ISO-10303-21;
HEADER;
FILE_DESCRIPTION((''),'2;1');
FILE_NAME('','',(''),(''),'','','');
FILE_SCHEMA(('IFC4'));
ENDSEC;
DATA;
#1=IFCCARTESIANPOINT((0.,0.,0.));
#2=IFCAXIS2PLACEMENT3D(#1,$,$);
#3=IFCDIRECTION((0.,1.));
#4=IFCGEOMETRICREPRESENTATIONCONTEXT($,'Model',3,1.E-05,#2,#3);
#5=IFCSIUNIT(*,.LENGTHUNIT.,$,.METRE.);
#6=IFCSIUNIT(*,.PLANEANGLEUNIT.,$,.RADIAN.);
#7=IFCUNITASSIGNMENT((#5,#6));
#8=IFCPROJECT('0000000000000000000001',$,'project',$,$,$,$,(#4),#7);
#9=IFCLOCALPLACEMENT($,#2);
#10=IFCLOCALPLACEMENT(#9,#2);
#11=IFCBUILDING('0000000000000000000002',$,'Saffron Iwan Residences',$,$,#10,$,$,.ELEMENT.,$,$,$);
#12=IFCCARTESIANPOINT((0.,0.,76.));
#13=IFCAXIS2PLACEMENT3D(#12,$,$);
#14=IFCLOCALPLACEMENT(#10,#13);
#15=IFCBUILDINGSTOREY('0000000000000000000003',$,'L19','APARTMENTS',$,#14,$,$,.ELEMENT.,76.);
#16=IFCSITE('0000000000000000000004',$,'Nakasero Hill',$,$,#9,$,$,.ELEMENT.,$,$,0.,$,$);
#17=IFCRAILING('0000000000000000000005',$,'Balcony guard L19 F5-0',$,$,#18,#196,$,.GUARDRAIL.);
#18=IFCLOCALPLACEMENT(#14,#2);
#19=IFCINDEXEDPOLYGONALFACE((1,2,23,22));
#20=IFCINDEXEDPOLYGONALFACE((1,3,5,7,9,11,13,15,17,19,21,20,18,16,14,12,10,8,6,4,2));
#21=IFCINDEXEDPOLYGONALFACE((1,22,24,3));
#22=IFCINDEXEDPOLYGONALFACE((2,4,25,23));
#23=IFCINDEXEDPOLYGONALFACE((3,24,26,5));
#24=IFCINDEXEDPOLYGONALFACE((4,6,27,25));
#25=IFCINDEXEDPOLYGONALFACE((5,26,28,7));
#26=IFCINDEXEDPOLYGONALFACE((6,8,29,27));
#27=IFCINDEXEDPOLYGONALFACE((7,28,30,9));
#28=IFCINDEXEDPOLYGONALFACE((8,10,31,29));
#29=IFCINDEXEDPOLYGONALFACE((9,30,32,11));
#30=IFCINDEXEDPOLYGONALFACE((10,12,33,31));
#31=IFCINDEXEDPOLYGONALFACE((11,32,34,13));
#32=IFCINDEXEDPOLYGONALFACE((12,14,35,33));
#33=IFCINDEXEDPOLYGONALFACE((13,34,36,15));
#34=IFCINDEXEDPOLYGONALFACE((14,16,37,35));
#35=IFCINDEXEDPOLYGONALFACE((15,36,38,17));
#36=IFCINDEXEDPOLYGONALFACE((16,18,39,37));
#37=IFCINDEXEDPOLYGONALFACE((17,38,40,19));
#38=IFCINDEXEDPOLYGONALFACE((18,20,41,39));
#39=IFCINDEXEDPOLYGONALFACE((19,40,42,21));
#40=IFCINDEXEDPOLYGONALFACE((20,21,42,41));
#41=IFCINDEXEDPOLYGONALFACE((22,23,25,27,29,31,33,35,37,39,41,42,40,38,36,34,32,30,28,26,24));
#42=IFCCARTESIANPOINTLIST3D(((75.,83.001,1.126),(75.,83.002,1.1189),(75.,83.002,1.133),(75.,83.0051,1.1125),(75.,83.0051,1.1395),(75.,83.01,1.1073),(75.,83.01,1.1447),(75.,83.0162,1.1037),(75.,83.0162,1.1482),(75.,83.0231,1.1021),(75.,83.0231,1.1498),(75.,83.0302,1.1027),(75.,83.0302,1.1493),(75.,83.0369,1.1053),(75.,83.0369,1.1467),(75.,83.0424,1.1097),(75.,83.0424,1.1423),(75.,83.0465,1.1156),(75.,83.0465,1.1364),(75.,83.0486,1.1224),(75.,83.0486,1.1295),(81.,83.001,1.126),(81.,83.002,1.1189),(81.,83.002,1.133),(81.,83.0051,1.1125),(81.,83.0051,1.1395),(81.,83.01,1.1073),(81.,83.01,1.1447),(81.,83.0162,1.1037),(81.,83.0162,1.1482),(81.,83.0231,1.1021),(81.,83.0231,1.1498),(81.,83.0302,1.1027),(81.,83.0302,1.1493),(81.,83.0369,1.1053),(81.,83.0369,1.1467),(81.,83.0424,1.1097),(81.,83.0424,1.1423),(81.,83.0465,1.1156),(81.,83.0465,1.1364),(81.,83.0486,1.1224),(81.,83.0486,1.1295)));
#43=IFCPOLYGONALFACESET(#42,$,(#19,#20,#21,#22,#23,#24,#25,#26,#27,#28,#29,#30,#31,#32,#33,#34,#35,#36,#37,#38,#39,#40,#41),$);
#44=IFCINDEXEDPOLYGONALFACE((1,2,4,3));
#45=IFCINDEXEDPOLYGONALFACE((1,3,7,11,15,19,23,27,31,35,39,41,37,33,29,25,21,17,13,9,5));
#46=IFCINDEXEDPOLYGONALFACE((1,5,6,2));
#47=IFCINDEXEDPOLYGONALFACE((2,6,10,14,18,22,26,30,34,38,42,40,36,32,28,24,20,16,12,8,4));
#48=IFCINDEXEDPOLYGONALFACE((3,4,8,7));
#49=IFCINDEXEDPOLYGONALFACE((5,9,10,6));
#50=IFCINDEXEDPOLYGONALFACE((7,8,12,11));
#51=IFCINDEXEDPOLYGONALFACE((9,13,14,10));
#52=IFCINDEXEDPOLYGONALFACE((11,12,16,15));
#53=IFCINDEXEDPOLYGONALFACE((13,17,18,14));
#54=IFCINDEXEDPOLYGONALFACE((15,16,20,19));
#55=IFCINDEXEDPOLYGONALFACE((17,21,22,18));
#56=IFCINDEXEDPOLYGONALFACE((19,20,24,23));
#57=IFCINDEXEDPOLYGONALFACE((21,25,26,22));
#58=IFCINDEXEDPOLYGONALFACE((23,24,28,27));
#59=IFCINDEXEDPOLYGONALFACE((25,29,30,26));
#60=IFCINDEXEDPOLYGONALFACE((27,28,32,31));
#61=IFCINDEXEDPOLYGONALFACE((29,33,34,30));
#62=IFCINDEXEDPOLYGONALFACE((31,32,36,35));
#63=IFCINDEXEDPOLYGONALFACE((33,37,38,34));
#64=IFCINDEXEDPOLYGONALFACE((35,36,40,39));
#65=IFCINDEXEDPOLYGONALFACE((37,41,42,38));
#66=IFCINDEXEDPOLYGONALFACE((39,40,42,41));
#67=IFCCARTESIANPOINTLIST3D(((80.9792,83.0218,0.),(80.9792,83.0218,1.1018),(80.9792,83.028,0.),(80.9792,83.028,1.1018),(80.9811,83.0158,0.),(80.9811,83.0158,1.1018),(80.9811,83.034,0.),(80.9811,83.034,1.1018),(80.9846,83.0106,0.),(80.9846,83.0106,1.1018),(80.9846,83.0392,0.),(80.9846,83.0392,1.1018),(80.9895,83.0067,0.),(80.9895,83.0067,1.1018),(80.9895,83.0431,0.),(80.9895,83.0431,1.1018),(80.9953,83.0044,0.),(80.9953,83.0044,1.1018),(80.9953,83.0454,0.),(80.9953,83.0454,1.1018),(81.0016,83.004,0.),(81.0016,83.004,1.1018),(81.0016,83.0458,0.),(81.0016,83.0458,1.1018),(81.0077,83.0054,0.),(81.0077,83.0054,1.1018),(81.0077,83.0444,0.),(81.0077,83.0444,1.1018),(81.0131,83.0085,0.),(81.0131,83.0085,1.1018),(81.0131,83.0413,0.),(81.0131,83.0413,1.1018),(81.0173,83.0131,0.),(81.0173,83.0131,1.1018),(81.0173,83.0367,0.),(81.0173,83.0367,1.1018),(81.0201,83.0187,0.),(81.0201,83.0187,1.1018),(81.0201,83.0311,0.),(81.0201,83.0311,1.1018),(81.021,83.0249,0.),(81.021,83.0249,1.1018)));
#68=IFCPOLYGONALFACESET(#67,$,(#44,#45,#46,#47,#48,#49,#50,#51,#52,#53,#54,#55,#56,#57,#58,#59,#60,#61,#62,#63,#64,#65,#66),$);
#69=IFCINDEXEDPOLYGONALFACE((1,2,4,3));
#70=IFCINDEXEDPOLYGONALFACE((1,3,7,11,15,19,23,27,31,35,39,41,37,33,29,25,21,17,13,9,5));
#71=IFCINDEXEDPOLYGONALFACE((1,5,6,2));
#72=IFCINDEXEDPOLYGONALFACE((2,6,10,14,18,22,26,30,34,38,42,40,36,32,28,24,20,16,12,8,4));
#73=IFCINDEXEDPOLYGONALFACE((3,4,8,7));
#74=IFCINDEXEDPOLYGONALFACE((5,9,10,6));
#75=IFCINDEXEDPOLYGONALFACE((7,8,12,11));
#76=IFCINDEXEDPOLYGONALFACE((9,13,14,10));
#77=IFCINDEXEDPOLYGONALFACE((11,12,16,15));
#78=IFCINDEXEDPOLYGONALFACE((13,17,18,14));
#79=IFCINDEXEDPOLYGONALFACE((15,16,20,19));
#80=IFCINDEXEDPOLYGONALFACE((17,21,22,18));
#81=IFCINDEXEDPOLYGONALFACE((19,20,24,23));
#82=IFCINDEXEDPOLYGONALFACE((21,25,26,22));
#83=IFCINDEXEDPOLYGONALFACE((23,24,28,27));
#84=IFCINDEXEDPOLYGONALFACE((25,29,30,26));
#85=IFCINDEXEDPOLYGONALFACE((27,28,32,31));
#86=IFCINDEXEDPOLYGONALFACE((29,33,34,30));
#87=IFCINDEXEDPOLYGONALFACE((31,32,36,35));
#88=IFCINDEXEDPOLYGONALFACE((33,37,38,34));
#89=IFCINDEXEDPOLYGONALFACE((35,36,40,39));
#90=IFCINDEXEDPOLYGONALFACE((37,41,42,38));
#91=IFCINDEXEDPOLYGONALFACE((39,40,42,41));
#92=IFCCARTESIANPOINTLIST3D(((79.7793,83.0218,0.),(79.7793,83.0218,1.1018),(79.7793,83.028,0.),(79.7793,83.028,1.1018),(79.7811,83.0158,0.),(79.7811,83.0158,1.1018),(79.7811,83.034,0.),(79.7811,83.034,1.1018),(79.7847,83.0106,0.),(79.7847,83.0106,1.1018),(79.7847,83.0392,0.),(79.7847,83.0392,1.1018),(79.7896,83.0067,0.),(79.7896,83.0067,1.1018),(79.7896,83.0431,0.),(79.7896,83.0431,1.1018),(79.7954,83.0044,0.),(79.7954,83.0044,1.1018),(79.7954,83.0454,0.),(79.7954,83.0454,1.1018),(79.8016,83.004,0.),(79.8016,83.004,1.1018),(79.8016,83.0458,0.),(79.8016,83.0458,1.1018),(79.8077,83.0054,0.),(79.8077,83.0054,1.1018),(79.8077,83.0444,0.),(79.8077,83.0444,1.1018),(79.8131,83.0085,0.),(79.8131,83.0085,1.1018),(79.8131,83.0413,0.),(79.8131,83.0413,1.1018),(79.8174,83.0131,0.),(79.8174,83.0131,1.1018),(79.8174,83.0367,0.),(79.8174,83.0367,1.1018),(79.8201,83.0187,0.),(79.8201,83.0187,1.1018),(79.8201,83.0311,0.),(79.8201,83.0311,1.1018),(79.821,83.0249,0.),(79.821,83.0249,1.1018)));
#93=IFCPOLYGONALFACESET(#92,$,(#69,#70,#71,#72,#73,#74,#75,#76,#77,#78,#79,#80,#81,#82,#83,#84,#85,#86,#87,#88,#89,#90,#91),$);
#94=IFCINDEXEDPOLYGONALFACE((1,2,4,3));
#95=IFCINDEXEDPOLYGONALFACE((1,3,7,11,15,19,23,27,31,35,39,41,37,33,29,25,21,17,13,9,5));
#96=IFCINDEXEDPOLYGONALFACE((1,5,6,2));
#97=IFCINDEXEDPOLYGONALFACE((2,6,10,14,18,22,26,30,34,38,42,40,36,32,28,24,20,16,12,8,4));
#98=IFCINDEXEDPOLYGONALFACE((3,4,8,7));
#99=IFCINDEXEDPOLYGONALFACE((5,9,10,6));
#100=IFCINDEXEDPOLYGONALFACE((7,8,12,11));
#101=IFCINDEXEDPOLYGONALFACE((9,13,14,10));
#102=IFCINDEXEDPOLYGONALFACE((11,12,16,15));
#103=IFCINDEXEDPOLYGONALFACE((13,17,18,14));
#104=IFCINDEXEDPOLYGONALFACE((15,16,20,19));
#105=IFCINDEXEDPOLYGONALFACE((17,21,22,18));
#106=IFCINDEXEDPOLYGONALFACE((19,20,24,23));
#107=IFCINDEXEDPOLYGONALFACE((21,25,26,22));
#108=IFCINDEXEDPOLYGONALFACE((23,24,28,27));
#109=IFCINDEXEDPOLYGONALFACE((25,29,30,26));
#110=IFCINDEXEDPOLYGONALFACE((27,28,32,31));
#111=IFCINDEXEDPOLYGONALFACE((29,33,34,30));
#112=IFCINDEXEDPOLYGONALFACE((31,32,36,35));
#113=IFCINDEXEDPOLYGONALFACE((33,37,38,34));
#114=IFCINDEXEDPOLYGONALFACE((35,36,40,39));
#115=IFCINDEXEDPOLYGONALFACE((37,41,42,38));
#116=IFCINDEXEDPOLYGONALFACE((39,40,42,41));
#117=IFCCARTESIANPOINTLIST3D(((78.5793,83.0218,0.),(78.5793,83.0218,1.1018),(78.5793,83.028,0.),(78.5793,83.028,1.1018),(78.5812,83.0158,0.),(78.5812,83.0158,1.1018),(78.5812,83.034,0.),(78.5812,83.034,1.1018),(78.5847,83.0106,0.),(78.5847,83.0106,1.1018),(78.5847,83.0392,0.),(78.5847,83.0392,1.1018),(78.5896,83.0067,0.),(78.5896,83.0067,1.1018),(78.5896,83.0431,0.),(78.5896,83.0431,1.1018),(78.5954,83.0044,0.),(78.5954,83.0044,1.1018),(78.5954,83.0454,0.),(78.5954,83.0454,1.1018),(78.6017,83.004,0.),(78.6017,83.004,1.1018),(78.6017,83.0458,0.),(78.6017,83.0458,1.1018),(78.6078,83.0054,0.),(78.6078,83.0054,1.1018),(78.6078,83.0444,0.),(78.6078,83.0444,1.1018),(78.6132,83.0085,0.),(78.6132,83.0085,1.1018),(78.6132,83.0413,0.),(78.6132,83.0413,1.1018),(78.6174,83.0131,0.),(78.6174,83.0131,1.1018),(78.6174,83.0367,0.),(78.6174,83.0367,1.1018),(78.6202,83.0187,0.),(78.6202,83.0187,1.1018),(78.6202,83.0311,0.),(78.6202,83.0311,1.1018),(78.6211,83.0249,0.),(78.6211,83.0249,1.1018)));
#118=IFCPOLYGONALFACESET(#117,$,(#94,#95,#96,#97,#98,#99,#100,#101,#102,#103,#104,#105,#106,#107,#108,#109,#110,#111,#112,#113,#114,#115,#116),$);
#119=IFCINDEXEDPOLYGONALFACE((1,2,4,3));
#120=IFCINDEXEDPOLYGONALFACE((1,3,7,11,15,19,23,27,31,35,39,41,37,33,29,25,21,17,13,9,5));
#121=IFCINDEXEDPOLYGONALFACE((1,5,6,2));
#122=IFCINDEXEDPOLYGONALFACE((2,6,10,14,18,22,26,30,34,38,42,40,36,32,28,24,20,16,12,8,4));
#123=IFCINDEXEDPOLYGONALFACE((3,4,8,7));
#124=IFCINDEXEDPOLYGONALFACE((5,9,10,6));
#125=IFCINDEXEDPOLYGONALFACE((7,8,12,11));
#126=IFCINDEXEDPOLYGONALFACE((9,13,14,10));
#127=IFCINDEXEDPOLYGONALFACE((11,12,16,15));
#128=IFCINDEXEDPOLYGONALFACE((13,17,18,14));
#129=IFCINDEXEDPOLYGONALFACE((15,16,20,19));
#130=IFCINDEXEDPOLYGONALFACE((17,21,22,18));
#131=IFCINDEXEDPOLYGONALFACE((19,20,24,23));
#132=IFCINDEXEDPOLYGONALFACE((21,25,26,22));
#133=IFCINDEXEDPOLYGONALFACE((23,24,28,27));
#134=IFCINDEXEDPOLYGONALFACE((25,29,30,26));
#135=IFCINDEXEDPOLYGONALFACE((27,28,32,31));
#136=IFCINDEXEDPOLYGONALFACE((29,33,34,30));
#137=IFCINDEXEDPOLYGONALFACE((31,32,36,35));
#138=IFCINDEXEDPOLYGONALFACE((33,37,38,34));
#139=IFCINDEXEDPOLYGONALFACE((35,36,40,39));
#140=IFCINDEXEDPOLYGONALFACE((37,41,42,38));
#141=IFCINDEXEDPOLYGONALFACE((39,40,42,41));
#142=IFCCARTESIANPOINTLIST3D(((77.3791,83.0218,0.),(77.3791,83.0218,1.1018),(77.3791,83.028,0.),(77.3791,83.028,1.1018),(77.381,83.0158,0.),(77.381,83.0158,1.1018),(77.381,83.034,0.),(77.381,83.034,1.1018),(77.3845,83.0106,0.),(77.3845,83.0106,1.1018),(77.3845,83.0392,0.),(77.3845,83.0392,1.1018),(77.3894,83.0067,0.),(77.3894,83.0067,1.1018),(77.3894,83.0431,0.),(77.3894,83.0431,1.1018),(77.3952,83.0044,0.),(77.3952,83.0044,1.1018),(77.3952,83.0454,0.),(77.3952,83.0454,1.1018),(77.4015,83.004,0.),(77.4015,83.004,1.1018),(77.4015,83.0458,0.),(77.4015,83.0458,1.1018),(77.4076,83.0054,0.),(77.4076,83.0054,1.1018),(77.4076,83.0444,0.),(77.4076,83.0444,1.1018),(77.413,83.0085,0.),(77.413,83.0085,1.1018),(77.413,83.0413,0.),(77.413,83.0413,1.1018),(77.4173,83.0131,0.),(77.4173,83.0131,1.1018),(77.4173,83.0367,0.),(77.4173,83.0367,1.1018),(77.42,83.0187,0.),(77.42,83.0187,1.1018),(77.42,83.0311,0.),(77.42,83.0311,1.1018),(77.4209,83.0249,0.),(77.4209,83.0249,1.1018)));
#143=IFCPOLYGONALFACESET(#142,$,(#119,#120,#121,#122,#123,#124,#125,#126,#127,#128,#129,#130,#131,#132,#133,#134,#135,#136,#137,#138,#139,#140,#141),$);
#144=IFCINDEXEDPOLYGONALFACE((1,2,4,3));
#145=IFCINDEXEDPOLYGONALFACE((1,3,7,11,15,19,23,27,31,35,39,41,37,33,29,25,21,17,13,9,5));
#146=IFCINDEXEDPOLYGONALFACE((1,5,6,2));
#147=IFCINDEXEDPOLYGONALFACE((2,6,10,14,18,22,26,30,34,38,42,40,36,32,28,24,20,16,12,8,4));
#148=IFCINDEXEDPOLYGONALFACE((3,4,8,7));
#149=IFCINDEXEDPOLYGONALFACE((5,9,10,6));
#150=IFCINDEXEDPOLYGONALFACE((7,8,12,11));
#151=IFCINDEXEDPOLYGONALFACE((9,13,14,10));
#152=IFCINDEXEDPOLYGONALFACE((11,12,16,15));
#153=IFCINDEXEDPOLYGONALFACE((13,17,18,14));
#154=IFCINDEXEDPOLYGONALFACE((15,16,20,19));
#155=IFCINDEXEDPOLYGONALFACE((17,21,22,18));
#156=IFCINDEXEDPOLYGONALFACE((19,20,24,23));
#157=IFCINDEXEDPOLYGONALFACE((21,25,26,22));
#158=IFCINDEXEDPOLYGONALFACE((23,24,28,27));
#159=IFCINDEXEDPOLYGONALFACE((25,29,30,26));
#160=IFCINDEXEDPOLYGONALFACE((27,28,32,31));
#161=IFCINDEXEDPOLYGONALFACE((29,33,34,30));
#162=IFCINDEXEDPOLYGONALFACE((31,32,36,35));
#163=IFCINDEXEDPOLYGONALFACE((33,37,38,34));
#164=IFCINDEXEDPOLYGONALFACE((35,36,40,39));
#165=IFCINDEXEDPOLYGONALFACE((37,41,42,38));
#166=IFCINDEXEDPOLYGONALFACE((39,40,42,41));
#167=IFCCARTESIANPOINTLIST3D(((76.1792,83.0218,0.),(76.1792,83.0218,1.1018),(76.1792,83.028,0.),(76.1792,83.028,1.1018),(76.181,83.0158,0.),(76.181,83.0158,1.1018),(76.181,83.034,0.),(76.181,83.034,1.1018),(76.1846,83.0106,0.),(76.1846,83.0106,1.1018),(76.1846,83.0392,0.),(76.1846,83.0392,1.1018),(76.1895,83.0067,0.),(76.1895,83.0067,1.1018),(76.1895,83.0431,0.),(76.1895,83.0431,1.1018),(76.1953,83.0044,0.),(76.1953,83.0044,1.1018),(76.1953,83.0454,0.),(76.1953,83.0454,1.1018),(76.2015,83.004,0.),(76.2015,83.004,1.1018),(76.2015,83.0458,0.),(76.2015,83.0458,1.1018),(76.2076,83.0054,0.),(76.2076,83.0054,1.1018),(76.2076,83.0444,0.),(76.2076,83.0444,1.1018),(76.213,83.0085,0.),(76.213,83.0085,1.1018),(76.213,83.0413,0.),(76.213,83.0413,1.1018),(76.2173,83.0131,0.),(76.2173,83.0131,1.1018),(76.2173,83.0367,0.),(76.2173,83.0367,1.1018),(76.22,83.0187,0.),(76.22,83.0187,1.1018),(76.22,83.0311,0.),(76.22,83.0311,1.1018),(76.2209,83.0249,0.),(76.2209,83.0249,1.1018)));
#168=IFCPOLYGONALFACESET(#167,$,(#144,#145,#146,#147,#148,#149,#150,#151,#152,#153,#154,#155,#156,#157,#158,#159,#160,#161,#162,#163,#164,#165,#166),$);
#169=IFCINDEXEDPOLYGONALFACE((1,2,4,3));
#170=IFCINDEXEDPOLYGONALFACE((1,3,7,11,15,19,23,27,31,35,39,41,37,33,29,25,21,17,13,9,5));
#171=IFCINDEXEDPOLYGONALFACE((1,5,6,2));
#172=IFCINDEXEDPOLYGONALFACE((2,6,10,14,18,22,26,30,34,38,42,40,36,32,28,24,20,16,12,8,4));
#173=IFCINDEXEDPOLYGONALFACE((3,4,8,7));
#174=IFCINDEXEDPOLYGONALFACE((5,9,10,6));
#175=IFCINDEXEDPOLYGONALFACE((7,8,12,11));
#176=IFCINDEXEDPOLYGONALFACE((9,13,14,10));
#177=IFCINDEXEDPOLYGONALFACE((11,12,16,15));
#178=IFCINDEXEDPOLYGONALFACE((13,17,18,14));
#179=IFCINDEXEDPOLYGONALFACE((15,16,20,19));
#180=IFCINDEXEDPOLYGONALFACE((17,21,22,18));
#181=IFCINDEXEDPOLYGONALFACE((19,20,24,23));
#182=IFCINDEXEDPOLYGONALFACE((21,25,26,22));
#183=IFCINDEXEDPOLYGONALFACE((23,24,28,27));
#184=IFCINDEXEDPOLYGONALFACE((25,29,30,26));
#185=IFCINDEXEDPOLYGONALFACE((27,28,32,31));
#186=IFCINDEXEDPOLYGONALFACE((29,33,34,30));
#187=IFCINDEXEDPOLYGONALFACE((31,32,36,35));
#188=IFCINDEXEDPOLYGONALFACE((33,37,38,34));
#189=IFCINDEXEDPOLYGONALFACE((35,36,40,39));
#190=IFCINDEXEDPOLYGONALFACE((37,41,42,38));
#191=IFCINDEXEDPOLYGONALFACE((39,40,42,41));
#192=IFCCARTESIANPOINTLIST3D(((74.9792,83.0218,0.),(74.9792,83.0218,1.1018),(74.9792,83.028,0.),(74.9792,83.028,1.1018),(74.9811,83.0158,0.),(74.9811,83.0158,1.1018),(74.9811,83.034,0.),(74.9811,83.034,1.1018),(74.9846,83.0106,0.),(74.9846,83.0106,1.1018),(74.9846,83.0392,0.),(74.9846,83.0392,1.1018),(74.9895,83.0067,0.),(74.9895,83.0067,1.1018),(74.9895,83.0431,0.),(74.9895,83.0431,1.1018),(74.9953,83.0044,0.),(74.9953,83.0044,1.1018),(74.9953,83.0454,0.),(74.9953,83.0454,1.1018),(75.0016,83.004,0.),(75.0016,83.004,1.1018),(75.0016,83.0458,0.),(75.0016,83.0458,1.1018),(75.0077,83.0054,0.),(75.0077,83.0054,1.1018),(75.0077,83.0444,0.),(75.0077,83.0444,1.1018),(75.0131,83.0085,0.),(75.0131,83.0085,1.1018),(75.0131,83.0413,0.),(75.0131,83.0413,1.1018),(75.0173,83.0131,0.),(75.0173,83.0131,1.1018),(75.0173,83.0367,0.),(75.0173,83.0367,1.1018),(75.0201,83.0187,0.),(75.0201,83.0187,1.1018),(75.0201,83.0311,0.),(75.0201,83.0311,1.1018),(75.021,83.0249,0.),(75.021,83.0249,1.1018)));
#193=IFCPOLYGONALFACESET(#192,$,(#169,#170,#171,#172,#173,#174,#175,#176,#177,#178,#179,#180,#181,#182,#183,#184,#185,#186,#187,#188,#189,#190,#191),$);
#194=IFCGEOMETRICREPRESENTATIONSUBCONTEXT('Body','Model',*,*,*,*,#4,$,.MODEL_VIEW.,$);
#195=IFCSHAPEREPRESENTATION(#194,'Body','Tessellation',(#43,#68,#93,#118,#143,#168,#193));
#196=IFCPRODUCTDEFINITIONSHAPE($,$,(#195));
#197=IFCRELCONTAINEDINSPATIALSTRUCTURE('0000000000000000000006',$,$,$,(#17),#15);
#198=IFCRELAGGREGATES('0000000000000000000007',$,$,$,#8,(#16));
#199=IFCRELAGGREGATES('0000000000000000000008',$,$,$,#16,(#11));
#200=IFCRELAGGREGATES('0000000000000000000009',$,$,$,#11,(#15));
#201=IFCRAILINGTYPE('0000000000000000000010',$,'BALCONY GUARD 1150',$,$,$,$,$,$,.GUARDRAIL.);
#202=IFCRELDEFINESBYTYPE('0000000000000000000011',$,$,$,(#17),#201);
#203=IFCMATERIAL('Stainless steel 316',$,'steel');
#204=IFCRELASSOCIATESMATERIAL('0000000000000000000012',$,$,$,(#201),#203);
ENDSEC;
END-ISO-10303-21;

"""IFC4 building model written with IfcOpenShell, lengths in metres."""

from ifc_helpers import new_model, si_unit, direction, frame, origin, origin_2d, place, context, subcontext, project, spatial, circle, extrude, material, type_object, element, save


model = new_model("IFC4")

# Units and contexts
model_context = context("Model", 3, precision=1e-05, world=origin(), true_north=direction((0.0, 1.0)))
body_context = subcontext(model_context, "Body", "Model", "MODEL_VIEW")
ifc_project = project(units=[si_unit("LENGTHUNIT", "METRE"), si_unit("PLANEANGLEUNIT", "RADIAN")], contexts=[model_context])

# Site, building, storey
site_placement = place(None, origin())
site = spatial("IfcSite", under=ifc_project, at=site_placement, Name="Nakasero Hill", CompositionType="ELEMENT", RefElevation=0.0)
building_placement = place(site_placement, origin())
building = spatial("IfcBuilding", under=site, at=building_placement, Name="Saffron Iwan Residences", CompositionType="ELEMENT")
storey_placement = place(building_placement, frame((0.0, 0.0, 76.0)))
storey = spatial("IfcBuildingStorey", under=building, at=storey_placement, Name="L19", Description="APARTMENTS", CompositionType="ELEMENT", Elevation=76.0)

# Railing
ifc_material_1 = material(Name="Stainless steel 316", Category="steel")
railing_type = type_object("IfcRailingType", Name="BALCONY GUARD 1150", PredefinedType="GUARDRAIL", material=ifc_material_1)
railing_placement = place(storey_placement, frame((81.0, 83.0249, 0.0)))
element("IfcRailing", 1, at=railing_placement, inside=storey, type_object=railing_type, Name="Balcony guard L19 F5-0", PredefinedType="GUARDRAIL", context=body_context, shape_type="SweptSolid", body=[
    extrude(circle(Radius=0.0239, at=origin_2d()), frame((0.0, 0.0, 1.126), z_axis=(-1.0, 0.0, 0.0), x_axis=(0.0, -1.0, 0.0)), (0.0, 0.0, 1.0), 6.0),
    extrude(circle(Radius=0.021, at=origin_2d()), origin(), (0.0, 0.0, 1.0), 1.1018),
    extrude(circle(Radius=0.021, at=origin_2d()), frame((-1.2, 0.0, 0.0)), (0.0, 0.0, 1.0), 1.1018),
    extrude(circle(Radius=0.021, at=origin_2d()), frame((-2.3999, 0.0, 0.0)), (0.0, 0.0, 1.0), 1.1018),
    extrude(circle(Radius=0.021, at=origin_2d()), frame((-3.6001, 0.0, 0.0)), (0.0, 0.0, 1.0), 1.1018),
    extrude(circle(Radius=0.021, at=origin_2d()), frame((-4.8, 0.0, 0.0)), (0.0, 0.0, 1.0), 1.1018),
    extrude(circle(Radius=0.021, at=origin_2d()), frame((-6.0, 0.0, 0.0)), (0.0, 0.0, 1.0), 1.1018),
])

save(model, "model.ifc")
